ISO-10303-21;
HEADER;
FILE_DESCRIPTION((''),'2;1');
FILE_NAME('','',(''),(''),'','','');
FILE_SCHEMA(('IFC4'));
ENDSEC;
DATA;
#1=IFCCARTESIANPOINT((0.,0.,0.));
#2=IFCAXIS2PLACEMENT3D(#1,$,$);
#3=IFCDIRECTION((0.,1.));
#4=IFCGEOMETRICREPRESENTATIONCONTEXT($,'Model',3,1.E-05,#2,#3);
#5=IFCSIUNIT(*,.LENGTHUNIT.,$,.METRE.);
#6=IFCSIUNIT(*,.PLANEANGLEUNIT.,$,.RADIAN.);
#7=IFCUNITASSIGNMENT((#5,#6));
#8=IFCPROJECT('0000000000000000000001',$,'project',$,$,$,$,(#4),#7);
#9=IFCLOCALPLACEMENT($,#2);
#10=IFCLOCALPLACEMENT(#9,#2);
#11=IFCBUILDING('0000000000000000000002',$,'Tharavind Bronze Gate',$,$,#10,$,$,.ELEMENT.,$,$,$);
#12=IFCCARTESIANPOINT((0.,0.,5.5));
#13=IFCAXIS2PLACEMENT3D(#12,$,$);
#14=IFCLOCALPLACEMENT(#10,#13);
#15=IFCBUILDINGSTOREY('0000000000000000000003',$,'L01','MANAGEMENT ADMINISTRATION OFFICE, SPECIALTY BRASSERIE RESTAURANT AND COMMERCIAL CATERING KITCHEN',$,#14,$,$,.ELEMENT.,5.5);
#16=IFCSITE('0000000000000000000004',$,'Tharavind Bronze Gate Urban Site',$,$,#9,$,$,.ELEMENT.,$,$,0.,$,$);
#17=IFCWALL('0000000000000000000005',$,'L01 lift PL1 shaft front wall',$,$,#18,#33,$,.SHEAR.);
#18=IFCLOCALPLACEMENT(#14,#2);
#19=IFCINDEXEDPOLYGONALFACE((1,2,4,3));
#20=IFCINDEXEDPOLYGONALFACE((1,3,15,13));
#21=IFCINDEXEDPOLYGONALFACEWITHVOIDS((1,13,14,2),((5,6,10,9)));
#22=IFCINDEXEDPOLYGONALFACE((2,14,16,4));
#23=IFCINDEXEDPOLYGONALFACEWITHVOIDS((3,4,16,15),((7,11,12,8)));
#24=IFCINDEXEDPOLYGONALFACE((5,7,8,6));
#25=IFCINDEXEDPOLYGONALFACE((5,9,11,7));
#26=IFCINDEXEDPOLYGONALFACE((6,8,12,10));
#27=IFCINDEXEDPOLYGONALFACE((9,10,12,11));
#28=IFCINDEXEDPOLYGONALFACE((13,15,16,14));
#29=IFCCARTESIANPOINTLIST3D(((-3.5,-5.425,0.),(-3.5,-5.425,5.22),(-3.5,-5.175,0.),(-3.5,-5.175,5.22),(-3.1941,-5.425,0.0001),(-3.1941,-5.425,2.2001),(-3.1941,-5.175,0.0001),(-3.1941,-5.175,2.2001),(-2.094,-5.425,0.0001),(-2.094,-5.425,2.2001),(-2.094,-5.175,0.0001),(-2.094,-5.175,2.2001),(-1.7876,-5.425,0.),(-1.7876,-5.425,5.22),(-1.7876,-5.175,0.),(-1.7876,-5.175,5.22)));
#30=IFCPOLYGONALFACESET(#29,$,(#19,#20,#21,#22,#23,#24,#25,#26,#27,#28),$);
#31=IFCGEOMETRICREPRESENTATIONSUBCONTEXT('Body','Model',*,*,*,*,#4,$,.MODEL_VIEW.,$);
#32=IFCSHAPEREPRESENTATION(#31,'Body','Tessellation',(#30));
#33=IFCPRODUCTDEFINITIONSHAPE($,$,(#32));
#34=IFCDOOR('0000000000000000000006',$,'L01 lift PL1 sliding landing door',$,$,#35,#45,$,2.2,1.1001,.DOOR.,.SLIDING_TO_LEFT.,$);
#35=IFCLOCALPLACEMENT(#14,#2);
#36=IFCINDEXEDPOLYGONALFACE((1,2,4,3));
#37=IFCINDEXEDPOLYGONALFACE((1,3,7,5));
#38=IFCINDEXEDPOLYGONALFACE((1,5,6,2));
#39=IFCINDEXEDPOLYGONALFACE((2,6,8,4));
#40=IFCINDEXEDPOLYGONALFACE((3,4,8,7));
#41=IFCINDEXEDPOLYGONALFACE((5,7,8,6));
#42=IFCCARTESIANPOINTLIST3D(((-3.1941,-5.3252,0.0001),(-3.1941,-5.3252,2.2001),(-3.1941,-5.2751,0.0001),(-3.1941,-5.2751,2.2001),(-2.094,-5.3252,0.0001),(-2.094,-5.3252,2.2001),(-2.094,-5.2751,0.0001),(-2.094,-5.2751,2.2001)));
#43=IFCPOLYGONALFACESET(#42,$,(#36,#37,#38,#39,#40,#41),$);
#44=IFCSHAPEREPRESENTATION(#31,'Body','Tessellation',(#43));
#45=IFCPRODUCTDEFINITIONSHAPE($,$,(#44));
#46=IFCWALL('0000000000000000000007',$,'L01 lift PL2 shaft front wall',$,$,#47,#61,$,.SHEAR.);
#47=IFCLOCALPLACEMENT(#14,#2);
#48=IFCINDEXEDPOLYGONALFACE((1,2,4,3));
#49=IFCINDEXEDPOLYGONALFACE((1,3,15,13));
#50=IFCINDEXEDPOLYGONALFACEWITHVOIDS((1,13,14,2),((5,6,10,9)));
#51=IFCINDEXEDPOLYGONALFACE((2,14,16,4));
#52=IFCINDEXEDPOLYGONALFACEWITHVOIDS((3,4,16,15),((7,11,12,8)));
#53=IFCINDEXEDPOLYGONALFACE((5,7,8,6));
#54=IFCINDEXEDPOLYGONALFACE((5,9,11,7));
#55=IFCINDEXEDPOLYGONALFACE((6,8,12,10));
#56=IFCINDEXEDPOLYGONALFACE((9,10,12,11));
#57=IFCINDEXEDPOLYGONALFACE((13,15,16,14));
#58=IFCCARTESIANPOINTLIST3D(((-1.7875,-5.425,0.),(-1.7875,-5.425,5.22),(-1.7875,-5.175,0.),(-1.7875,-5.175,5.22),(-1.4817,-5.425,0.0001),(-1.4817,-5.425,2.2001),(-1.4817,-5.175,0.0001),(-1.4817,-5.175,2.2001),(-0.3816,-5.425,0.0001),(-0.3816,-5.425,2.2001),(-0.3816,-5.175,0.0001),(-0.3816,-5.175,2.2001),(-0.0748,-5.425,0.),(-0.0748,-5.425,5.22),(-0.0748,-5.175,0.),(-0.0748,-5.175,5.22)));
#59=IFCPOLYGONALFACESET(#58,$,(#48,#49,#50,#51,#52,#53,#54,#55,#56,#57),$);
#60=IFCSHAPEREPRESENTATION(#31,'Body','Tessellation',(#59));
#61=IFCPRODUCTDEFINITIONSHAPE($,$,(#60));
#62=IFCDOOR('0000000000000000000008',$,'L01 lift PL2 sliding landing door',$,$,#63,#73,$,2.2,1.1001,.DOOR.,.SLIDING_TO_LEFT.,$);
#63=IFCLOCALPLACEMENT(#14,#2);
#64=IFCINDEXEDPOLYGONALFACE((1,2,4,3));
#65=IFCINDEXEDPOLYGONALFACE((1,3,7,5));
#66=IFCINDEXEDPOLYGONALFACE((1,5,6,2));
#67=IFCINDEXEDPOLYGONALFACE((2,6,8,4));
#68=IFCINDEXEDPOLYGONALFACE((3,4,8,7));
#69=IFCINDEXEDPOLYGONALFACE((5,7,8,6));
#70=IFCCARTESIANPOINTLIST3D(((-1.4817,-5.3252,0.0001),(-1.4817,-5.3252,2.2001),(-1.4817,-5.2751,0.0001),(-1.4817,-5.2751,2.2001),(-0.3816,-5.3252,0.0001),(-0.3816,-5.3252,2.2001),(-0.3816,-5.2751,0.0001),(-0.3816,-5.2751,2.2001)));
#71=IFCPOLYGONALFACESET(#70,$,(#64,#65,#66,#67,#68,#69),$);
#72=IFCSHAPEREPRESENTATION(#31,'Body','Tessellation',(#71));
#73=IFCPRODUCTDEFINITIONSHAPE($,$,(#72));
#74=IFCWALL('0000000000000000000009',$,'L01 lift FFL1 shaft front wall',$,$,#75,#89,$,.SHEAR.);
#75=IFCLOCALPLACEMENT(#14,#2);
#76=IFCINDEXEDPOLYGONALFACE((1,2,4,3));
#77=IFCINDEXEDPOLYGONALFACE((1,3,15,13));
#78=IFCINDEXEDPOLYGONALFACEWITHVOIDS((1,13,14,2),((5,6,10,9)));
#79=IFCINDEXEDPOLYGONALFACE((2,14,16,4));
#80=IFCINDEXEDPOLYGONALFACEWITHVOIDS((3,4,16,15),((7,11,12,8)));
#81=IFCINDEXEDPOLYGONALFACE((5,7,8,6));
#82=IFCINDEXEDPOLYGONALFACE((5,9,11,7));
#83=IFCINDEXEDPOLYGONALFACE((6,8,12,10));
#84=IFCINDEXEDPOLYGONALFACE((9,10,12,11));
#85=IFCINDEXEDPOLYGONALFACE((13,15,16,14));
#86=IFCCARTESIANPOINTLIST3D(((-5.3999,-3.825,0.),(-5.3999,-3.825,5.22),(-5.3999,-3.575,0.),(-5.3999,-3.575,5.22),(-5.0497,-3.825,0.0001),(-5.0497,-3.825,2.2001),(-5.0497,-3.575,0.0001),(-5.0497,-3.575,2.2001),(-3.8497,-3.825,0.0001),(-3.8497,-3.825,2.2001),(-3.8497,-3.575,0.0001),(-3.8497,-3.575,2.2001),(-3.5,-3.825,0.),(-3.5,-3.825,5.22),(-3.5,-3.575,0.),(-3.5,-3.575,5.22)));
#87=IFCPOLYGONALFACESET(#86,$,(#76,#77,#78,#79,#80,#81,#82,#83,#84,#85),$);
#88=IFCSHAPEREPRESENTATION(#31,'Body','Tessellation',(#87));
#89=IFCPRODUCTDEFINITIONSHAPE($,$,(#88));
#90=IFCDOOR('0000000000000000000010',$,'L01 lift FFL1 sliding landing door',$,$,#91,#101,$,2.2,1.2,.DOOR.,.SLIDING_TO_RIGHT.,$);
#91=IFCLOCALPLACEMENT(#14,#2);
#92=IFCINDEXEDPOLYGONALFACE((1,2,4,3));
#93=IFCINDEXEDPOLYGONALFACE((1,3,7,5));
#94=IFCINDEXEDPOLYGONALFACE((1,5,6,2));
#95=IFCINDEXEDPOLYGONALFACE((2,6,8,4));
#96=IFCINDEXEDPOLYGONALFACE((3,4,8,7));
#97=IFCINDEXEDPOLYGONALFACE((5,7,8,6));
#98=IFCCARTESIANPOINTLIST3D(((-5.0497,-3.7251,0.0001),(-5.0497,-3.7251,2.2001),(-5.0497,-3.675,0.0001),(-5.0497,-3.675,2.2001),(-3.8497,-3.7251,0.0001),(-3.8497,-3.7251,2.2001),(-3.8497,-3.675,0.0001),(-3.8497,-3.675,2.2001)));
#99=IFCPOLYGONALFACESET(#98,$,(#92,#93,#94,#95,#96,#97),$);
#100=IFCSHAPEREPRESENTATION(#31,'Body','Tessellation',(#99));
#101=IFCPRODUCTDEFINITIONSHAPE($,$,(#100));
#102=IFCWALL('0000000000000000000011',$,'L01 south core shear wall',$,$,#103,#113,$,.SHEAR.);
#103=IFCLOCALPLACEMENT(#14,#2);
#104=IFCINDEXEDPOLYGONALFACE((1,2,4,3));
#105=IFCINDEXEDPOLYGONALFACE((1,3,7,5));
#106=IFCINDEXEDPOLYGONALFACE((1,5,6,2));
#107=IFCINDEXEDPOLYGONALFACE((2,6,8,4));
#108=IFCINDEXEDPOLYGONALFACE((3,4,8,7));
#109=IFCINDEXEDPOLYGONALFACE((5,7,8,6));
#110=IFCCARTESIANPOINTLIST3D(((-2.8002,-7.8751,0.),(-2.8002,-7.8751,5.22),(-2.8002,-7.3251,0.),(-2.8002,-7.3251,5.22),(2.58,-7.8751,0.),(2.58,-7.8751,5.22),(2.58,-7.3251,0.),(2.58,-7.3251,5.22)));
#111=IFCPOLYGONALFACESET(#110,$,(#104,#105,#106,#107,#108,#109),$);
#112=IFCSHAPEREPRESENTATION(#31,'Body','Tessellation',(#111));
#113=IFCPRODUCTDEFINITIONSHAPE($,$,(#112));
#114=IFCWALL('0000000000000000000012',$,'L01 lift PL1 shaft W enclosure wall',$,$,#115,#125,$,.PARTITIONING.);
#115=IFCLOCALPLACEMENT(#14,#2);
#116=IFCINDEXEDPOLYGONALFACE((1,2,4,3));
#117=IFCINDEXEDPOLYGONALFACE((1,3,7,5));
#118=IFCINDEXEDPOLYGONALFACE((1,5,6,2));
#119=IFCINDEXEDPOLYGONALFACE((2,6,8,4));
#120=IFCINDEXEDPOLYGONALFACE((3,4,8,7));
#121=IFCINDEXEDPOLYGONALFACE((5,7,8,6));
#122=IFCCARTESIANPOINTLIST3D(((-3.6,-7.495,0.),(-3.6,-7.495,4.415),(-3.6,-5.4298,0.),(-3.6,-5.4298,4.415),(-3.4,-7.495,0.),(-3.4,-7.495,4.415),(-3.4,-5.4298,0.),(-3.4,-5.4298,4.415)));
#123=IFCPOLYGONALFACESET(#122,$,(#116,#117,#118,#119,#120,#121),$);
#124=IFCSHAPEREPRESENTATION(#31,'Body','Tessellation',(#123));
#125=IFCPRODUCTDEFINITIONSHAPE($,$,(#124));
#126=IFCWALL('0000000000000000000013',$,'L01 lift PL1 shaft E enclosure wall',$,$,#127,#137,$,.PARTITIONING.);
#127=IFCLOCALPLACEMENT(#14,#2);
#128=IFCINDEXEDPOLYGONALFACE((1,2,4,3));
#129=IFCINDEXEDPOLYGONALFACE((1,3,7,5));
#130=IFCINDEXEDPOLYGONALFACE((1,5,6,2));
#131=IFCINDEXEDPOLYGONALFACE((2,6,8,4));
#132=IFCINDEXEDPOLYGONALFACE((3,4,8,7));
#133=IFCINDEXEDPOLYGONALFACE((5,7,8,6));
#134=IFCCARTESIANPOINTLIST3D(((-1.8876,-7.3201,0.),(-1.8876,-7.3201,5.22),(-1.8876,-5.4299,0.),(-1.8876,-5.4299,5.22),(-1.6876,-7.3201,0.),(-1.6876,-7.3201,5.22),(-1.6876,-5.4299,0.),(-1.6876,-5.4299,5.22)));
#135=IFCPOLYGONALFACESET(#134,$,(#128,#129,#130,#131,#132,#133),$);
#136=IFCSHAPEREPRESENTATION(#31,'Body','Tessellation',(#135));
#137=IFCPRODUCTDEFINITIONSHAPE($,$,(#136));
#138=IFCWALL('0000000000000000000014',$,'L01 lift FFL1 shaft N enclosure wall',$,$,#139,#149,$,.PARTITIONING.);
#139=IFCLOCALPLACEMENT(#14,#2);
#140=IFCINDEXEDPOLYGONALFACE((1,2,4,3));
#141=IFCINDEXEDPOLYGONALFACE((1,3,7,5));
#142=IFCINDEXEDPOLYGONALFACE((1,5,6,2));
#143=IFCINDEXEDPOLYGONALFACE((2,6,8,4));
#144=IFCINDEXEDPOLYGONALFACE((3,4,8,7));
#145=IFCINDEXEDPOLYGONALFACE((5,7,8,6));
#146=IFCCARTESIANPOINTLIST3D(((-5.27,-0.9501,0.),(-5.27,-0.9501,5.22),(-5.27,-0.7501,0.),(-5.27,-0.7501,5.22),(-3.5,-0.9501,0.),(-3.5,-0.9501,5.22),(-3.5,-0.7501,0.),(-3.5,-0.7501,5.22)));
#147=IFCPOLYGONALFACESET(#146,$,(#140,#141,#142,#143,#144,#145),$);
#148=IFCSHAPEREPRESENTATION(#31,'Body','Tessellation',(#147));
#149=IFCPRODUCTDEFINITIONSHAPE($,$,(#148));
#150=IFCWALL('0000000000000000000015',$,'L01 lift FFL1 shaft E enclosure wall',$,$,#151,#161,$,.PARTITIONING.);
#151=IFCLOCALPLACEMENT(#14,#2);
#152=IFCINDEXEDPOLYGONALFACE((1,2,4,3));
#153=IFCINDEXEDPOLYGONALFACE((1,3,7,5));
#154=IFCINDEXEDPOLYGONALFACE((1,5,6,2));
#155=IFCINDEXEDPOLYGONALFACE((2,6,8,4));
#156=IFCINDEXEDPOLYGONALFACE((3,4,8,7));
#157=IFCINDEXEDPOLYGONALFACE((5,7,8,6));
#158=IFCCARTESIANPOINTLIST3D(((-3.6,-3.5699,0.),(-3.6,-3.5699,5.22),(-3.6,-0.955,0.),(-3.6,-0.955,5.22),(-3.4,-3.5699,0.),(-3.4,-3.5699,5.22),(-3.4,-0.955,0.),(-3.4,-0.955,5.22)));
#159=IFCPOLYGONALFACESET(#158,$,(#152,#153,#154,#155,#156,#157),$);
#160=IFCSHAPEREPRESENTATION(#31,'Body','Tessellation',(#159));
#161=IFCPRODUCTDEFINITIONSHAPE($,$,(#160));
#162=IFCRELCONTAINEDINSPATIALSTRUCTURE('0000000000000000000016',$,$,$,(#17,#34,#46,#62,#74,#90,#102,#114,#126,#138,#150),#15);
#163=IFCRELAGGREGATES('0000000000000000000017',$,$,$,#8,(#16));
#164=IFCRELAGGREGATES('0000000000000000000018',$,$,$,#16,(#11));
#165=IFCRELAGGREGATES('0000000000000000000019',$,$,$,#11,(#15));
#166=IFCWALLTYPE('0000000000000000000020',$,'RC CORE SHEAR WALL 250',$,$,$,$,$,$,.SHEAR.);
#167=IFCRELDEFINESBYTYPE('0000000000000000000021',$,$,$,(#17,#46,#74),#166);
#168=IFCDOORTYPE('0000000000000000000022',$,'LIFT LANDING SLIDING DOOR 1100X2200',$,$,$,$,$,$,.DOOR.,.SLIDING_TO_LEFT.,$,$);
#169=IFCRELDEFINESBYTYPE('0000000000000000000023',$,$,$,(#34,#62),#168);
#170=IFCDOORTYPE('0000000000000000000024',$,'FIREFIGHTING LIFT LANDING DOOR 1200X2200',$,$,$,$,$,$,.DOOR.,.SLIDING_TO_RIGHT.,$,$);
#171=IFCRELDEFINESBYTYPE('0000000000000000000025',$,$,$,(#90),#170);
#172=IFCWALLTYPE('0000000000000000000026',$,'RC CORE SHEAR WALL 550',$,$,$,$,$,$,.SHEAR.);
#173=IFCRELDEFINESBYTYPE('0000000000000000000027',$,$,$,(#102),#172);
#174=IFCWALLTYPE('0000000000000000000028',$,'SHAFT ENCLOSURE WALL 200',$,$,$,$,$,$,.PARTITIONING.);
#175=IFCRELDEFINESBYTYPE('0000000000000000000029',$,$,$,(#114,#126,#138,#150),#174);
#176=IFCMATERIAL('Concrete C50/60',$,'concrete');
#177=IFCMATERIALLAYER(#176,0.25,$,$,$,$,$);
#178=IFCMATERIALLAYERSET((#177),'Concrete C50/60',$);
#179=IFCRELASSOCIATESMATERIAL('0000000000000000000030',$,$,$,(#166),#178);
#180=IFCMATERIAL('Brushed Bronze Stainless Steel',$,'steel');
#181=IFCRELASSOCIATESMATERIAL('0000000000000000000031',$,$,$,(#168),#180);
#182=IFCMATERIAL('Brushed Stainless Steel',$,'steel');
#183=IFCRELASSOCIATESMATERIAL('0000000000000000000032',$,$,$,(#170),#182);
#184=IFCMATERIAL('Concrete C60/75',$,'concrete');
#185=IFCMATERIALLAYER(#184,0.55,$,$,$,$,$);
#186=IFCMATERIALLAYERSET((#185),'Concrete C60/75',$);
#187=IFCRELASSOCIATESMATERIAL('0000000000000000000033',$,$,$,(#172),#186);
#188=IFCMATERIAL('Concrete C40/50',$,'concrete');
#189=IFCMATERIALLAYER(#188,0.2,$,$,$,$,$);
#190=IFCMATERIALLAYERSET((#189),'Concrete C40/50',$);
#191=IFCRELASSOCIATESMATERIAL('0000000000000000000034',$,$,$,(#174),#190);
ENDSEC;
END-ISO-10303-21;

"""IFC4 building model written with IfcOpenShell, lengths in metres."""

from ifc_helpers import new_model, si_unit, direction, frame, frame_2d, origin, place, context, subcontext, project, spatial, rectangle, extrude, material, layer, layer_set, type_object, element, fill, save


model = new_model("IFC4")

# Units and contexts
model_context = context("Model", 3, precision=1e-05, world=origin(), true_north=direction((0.0, 1.0)))
body_context = subcontext(model_context, "Body", "Model", "MODEL_VIEW")
ifc_project = project(units=[si_unit("LENGTHUNIT", "METRE"), si_unit("PLANEANGLEUNIT", "RADIAN")], contexts=[model_context])

# Site, building, storey
site_placement = place(None, origin())
site = spatial("IfcSite", under=ifc_project, at=site_placement, Name="Tharavind Bronze Gate Urban Site", CompositionType="ELEMENT", RefElevation=0.0)
building_placement = place(site_placement, origin())
building = spatial("IfcBuilding", under=site, at=building_placement, Name="Tharavind Bronze Gate", CompositionType="ELEMENT")
storey_placement = place(building_placement, frame((0.0, 0.0, 5.5)))
storey = spatial("IfcBuildingStorey", under=building, at=storey_placement, Name="L01", Description="MANAGEMENT ADMINISTRATION OFFICE, SPECIALTY BRASSERIE RESTAURANT AND COMMERCIAL CATERING KITCHEN", CompositionType="ELEMENT", Elevation=5.5)

# Shared definitions
ifc_material_1 = material(Name="Concrete C50/60", Category="concrete")
ifc_layer_1 = layer(ifc_material_1, 0.25)
ifc_layer_set_1 = layer_set([ifc_layer_1], Name="Concrete C50/60")
wall_type_1 = type_object("IfcWallType", Name="RC CORE SHEAR WALL 250", PredefinedType="SHEAR", material=ifc_layer_set_1)

# Walls, openings, doors
wall_1_placement = place(storey_placement, frame((-3.5, -5.3, 0.0), z_axis=(0.0, 0.0, 1.0), x_axis=(1.0, 0.0, 0.0)))
wall_1 = element("IfcWall", 1, at=wall_1_placement, inside=storey, type_object=wall_type_1, Name="L01 lift PL1 shaft front wall", PredefinedType="SHEAR", context=body_context, shape_type="SweptSolid", body=[
    extrude(rectangle(XDim=1.7124, YDim=0.25, at=frame_2d((0.8562, 0.0))), origin(), (0.0, 0.0, 1.0), 5.22),
])
opening_1_placement = place(wall_1_placement, frame((0.3059, 0.0, 0.0)))
opening_1 = element("IfcOpeningElement", 2, at=opening_1_placement, cuts=wall_1, PredefinedType="OPENING", context=body_context, shape_type="SweptSolid", body=[
    extrude(rectangle(XDim=1.1001, YDim=2.2, at=frame_2d((0.55, 1.1001))), frame((0.0, 0.135, 0.0), z_axis=(0.0, -1.0, 0.0), x_axis=(1.0, 0.0, 0.0)), (0.0, 0.0, 1.0), 0.27),
])
ifc_material_2 = material(Name="Brushed Bronze Stainless Steel", Category="steel")
door_type_1 = type_object("IfcDoorType", Name="LIFT LANDING SLIDING DOOR 1100X2200", OperationType="SLIDING_TO_LEFT", PredefinedType="DOOR", material=ifc_material_2)
door_1_placement = place(opening_1_placement, origin())
door_1 = element("IfcDoor", 3, at=door_1_placement, inside=storey, type_object=door_type_1, Name="L01 lift PL1 sliding landing door", OperationType="SLIDING_TO_LEFT", OverallHeight=2.2, OverallWidth=1.1001, PredefinedType="DOOR", context=body_context, shape_type="SweptSolid", body=[
    extrude(rectangle(XDim=1.1001, YDim=2.2, at=frame_2d((0.55, 1.1001))), frame((0.0, 0.0249, 0.0), z_axis=(0.0, -1.0, 0.0), x_axis=(1.0, 0.0, 0.0)), (0.0, 0.0, 1.0), 0.05),
])
fill(opening_1, door_1)
wall_2_placement = place(storey_placement, frame((-1.7876, -5.3, 0.0), z_axis=(0.0, 0.0, 1.0), x_axis=(1.0, 0.0, 0.0)))
wall_2 = element("IfcWall", 4, at=wall_2_placement, inside=storey, type_object=wall_type_1, Name="L01 lift PL2 shaft front wall", PredefinedType="SHEAR", context=body_context, shape_type="SweptSolid", body=[
    extrude(rectangle(XDim=1.7126, YDim=0.25, at=frame_2d((0.8564, 0.0))), origin(), (0.0, 0.0, 1.0), 5.22),
])
opening_2_placement = place(wall_2_placement, frame((0.3059, 0.0, 0.0)))
opening_2 = element("IfcOpeningElement", 5, at=opening_2_placement, cuts=wall_2, PredefinedType="OPENING", context=body_context, shape_type="SweptSolid", body=[
    extrude(rectangle(XDim=1.1001, YDim=2.2, at=frame_2d((0.55, 1.1001))), frame((0.0, 0.135, 0.0), z_axis=(0.0, -1.0, 0.0), x_axis=(1.0, 0.0, 0.0)), (0.0, 0.0, 1.0), 0.27),
])
door_2_placement = place(opening_2_placement, origin())
door_2 = element("IfcDoor", 6, at=door_2_placement, inside=storey, type_object=door_type_1, Name="L01 lift PL2 sliding landing door", OperationType="SLIDING_TO_LEFT", OverallHeight=2.2, OverallWidth=1.1001, PredefinedType="DOOR", context=body_context, shape_type="SweptSolid", body=[
    extrude(rectangle(XDim=1.1001, YDim=2.2, at=frame_2d((0.55, 1.1001))), frame((0.0, 0.0249, 0.0), z_axis=(0.0, -1.0, 0.0), x_axis=(1.0, 0.0, 0.0)), (0.0, 0.0, 1.0), 0.05),
])
fill(opening_2, door_2)
wall_3_placement = place(storey_placement, frame((-5.3999, -3.7, 0.0), z_axis=(0.0, 0.0, 1.0), x_axis=(1.0, 0.0, 0.0)))
wall_3 = element("IfcWall", 7, at=wall_3_placement, inside=storey, type_object=wall_type_1, Name="L01 lift FFL1 shaft front wall", PredefinedType="SHEAR", context=body_context, shape_type="SweptSolid", body=[
    extrude(rectangle(XDim=1.8999, YDim=0.25, at=frame_2d((0.95, 0.0))), origin(), (0.0, 0.0, 1.0), 5.22),
])
opening_3_placement = place(wall_3_placement, frame((0.3501, 0.0, 0.0)))
opening_3 = element("IfcOpeningElement", 8, at=opening_3_placement, cuts=wall_3, PredefinedType="OPENING", context=body_context, shape_type="SweptSolid", body=[
    extrude(rectangle(XDim=1.2, YDim=2.2, at=frame_2d((0.6001, 1.1001))), frame((0.0, 0.135, 0.0), z_axis=(0.0, -1.0, 0.0), x_axis=(1.0, 0.0, 0.0)), (0.0, 0.0, 1.0), 0.27),
])
ifc_material_3 = material(Name="Brushed Stainless Steel", Category="steel")
door_type_2 = type_object("IfcDoorType", Name="FIREFIGHTING LIFT LANDING DOOR 1200X2200", OperationType="SLIDING_TO_RIGHT", PredefinedType="DOOR", material=ifc_material_3)
door_3_placement = place(opening_3_placement, origin())
door_3 = element("IfcDoor", 9, at=door_3_placement, inside=storey, type_object=door_type_2, Name="L01 lift FFL1 sliding landing door", OperationType="SLIDING_TO_RIGHT", OverallHeight=2.2, OverallWidth=1.2, PredefinedType="DOOR", context=body_context, shape_type="SweptSolid", body=[
    extrude(rectangle(XDim=1.2, YDim=2.2, at=frame_2d((0.6001, 1.1001))), frame((0.0, 0.0249, 0.0), z_axis=(0.0, -1.0, 0.0), x_axis=(1.0, 0.0, 0.0)), (0.0, 0.0, 1.0), 0.05),
])
fill(opening_3, door_3)

# Walls
ifc_material_4 = material(Name="Concrete C60/75", Category="concrete")
ifc_layer_2 = layer(ifc_material_4, 0.55)
ifc_layer_set_2 = layer_set([ifc_layer_2], Name="Concrete C60/75")
wall_type_2 = type_object("IfcWallType", Name="RC CORE SHEAR WALL 550", PredefinedType="SHEAR", material=ifc_layer_set_2)
wall_4_placement = place(storey_placement, frame((-2.8, -7.6001, 0.0), z_axis=(0.0, 0.0, 1.0), x_axis=(1.0, 0.0, 0.0)))
element("IfcWall", 10, at=wall_4_placement, inside=storey, type_object=wall_type_2, Name="L01 south core shear wall", PredefinedType="SHEAR", context=body_context, shape_type="SweptSolid", body=[
    extrude(rectangle(XDim=5.3801, YDim=0.55, at=frame_2d((2.6899, 0.0))), origin(), (0.0, 0.0, 1.0), 5.22),
])
ifc_material_5 = material(Name="Concrete C40/50", Category="concrete")
ifc_layer_3 = layer(ifc_material_5, 0.2)
ifc_layer_set_3 = layer_set([ifc_layer_3], Name="Concrete C40/50")
wall_type_3 = type_object("IfcWallType", Name="SHAFT ENCLOSURE WALL 200", PredefinedType="PARTITIONING", material=ifc_layer_set_3)
wall_5_placement = place(storey_placement, frame((-3.5, -7.4951, 0.0), z_axis=(0.0, 0.0, 1.0), x_axis=(0.0, 1.0, 0.0)))
element("IfcWall", 11, at=wall_5_placement, inside=storey, type_object=wall_type_3, Name="L01 lift PL1 shaft W enclosure wall", PredefinedType="PARTITIONING", context=body_context, shape_type="SweptSolid", body=[
    extrude(rectangle(XDim=2.0652, YDim=0.2, at=frame_2d((1.0327, 0.0))), origin(), (0.0, 0.0, 1.0), 4.415),
])
wall_6_placement = place(storey_placement, frame((-1.7876, -7.3201, 0.0), z_axis=(0.0, 0.0, 1.0), x_axis=(0.0, 1.0, 0.0)))
element("IfcWall", 12, at=wall_6_placement, inside=storey, type_object=wall_type_3, Name="L01 lift PL1 shaft E enclosure wall", PredefinedType="PARTITIONING", context=body_context, shape_type="SweptSolid", body=[
    extrude(rectangle(XDim=1.8901, YDim=0.2, at=frame_2d((0.9451, 0.0))), origin(), (0.0, 0.0, 1.0), 5.22),
])
wall_7_placement = place(storey_placement, frame((-5.27, -0.8501, 0.0), z_axis=(0.0, 0.0, 1.0), x_axis=(1.0, 0.0, 0.0)))
element("IfcWall", 13, at=wall_7_placement, inside=storey, type_object=wall_type_3, Name="L01 lift FFL1 shaft N enclosure wall", PredefinedType="PARTITIONING", context=body_context, shape_type="SweptSolid", body=[
    extrude(rectangle(XDim=1.77, YDim=0.2, at=frame_2d((0.885, 0.0))), origin(), (0.0, 0.0, 1.0), 5.22),
])
wall_8_placement = place(storey_placement, frame((-3.5, -3.5701, 0.0), z_axis=(0.0, 0.0, 1.0), x_axis=(0.0, 1.0, 0.0)))
element("IfcWall", 14, at=wall_8_placement, inside=storey, type_object=wall_type_3, Name="L01 lift FFL1 shaft E enclosure wall", PredefinedType="PARTITIONING", context=body_context, shape_type="SweptSolid", body=[
    extrude(rectangle(XDim=2.615, YDim=0.2, at=frame_2d((1.3076, 0.0))), origin(), (0.0, 0.0, 1.0), 5.22),
])

save(model, "model.ifc")
